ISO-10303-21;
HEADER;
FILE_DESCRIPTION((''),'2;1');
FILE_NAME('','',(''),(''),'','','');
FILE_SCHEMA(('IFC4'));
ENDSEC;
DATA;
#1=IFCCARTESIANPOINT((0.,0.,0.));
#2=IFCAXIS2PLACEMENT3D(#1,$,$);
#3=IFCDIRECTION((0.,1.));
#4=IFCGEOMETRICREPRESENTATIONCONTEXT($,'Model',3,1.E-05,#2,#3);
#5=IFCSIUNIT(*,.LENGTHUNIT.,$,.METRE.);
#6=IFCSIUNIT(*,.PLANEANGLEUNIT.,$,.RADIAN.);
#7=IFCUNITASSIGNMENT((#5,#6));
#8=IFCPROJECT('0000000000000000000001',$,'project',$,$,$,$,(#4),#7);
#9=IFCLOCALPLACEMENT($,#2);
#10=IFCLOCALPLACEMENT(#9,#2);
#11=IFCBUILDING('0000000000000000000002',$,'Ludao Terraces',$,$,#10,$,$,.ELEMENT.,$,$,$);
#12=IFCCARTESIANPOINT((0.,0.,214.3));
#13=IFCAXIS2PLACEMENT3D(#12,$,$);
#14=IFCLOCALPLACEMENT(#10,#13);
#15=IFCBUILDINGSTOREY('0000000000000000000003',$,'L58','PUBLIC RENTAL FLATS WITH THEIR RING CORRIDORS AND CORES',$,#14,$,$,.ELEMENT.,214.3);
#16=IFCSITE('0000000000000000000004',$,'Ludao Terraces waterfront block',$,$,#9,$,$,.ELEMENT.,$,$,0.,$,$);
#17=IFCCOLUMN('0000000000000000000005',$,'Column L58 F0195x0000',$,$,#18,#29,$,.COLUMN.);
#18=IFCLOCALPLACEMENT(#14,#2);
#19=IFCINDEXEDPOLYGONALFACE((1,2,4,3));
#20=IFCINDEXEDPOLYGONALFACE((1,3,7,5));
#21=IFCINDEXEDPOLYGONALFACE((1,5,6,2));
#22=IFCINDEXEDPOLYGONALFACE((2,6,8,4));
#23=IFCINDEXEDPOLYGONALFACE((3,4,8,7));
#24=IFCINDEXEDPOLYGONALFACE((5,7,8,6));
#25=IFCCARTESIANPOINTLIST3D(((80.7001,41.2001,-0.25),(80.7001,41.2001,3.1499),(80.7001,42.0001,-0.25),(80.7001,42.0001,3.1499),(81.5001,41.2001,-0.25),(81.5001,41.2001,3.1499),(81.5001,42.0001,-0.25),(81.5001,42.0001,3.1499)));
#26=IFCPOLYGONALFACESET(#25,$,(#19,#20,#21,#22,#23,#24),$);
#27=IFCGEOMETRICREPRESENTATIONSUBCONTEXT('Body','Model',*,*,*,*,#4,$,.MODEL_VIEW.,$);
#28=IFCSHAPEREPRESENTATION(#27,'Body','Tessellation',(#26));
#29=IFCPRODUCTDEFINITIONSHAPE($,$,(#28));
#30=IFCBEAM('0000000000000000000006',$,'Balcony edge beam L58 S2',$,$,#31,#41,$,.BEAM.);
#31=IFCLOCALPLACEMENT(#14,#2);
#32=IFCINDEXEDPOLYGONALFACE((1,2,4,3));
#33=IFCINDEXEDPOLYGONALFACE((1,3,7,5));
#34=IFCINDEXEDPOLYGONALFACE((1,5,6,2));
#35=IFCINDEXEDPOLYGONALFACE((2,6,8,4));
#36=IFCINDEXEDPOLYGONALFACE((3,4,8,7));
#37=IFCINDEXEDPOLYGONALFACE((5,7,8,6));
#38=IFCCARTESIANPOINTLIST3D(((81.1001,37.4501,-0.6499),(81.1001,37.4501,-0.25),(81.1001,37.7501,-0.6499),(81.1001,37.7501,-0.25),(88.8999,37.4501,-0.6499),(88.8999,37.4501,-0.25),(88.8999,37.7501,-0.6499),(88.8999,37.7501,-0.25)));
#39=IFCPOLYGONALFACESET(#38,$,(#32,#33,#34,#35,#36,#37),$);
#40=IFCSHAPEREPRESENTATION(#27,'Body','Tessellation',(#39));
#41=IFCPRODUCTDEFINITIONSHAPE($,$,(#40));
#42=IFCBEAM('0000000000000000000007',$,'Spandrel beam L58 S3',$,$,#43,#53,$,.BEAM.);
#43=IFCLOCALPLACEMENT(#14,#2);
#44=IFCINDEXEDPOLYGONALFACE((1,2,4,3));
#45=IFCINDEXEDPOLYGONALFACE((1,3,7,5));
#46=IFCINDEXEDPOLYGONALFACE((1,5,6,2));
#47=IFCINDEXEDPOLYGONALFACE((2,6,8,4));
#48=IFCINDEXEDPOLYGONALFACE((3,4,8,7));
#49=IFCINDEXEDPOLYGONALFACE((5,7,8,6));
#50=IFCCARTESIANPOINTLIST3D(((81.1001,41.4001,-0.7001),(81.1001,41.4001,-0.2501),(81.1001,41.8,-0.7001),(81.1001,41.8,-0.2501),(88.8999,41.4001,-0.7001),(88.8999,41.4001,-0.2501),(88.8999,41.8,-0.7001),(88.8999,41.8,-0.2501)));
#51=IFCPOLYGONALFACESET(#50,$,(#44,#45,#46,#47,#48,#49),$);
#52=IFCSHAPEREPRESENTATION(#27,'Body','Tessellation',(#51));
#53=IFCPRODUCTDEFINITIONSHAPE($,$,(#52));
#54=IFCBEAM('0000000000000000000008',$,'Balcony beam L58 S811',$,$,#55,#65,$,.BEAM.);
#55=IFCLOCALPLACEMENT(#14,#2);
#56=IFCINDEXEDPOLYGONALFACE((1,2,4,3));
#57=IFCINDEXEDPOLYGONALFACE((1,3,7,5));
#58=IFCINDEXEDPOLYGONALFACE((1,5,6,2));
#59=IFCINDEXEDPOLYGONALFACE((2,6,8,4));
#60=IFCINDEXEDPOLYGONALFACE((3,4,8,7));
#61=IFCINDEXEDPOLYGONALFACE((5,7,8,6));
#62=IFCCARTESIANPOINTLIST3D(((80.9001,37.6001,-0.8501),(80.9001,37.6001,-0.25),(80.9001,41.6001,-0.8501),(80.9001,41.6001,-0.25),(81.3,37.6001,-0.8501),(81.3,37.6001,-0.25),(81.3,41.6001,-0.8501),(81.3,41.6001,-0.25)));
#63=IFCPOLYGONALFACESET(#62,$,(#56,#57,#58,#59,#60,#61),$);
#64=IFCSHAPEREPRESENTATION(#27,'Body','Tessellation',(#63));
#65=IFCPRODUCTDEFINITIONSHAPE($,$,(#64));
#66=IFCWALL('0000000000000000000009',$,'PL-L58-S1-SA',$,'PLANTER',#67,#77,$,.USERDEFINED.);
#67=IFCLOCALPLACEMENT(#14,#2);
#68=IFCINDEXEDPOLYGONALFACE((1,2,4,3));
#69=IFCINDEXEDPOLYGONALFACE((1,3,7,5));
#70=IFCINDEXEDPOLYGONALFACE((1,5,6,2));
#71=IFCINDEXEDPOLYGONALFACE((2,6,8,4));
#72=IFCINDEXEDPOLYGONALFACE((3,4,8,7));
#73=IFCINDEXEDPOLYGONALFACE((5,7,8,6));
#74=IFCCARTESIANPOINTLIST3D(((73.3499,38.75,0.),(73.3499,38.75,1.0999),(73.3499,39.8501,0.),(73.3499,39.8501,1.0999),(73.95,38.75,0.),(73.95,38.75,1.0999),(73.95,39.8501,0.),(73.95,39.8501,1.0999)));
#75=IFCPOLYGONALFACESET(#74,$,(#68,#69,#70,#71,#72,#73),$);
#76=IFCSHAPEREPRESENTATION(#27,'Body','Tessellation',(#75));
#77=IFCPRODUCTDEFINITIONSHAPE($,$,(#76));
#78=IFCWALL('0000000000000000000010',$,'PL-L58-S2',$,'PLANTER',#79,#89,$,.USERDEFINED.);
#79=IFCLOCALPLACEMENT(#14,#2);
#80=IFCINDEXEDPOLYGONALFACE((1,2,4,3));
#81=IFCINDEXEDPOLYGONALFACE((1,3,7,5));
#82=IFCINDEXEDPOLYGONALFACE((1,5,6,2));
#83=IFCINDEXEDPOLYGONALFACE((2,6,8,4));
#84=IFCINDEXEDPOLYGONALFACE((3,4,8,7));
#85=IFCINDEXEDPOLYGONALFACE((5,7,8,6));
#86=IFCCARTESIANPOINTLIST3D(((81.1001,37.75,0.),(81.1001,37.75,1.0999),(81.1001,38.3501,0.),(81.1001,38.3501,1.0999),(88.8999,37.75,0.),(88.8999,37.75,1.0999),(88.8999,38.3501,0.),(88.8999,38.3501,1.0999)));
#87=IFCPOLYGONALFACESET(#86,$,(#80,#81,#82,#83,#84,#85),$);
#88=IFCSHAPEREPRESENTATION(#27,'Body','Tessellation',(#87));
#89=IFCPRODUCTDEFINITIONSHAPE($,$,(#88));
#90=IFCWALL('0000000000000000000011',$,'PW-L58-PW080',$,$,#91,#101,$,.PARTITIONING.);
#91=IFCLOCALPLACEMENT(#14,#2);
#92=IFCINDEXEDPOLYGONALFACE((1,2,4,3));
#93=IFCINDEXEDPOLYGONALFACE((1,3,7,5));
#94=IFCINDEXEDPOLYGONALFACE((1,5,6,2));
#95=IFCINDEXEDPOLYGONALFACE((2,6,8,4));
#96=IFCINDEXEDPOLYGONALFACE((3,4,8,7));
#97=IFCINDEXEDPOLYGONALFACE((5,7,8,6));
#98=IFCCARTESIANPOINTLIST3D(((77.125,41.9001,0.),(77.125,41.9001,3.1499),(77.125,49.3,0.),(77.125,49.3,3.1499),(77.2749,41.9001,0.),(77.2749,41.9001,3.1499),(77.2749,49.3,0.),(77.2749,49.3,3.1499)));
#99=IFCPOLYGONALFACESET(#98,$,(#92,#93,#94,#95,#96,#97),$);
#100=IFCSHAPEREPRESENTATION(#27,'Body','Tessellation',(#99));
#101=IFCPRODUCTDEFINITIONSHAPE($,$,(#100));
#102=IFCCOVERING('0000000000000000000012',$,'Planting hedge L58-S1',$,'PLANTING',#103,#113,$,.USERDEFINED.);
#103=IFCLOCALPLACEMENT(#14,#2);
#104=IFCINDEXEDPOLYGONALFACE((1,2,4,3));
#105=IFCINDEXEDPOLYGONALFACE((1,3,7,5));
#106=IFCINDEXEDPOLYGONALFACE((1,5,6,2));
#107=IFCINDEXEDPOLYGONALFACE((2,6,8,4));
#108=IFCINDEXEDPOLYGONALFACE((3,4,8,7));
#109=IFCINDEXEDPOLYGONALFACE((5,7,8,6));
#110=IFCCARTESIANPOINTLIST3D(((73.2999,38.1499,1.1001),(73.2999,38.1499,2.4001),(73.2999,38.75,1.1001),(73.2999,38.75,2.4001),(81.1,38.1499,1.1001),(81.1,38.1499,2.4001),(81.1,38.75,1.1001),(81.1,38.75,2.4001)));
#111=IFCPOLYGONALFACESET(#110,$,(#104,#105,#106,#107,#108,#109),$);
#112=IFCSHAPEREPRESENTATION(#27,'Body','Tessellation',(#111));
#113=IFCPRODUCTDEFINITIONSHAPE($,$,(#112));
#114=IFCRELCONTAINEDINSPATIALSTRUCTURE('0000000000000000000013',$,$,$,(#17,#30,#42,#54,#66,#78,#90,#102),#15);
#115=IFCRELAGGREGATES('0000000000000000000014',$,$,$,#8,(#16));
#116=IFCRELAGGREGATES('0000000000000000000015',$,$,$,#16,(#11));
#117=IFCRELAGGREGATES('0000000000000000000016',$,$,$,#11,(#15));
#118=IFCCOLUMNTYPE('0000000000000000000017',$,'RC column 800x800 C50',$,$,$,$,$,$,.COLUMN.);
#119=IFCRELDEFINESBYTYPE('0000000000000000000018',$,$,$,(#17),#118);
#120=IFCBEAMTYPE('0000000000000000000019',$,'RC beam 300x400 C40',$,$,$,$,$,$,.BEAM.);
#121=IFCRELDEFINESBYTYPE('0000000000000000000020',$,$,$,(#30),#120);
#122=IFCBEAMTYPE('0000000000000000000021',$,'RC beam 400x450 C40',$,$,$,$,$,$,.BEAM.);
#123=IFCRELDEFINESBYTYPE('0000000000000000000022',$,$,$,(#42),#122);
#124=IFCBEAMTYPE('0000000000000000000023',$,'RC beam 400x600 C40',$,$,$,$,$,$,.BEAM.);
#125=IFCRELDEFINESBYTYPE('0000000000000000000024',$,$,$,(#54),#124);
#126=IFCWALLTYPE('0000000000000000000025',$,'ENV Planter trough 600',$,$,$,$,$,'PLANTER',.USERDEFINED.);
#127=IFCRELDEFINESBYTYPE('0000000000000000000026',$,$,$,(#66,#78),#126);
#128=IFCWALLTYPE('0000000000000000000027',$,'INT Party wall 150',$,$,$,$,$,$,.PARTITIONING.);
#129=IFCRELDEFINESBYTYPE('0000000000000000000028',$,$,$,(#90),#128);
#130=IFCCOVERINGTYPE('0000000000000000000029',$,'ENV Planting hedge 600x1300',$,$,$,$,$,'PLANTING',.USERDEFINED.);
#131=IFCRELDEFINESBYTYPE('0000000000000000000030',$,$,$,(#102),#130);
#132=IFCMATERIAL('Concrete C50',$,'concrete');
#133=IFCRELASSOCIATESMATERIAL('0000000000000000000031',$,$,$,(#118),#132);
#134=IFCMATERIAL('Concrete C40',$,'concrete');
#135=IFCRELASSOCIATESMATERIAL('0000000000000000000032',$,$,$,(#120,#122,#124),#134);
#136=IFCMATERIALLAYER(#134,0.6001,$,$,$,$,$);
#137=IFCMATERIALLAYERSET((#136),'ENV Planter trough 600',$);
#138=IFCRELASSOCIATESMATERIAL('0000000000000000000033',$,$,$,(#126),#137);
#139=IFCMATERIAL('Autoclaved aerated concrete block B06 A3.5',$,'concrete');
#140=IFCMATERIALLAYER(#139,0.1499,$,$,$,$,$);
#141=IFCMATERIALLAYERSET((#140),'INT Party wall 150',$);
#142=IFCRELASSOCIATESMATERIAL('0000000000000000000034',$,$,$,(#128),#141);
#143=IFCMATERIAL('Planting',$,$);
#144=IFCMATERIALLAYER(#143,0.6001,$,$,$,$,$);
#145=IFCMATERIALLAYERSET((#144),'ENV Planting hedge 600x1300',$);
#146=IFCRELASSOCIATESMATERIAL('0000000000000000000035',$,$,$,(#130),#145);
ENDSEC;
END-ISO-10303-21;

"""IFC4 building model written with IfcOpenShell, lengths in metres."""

from ifc_helpers import new_model, si_unit, direction, frame, frame_2d, origin, origin_2d, place, context, subcontext, project, spatial, rectangle, extrude, material, layer, layer_set, material_profile, profile_set, type_object, element, save


model = new_model("IFC4")

# Units and contexts
model_context = context("Model", 3, precision=1e-05, world=origin(), true_north=direction((0.0, 1.0)))
body_context = subcontext(model_context, "Body", "Model", "MODEL_VIEW")
ifc_project = project(units=[si_unit("LENGTHUNIT", "METRE"), si_unit("PLANEANGLEUNIT", "RADIAN")], contexts=[model_context])

# Site, building, storey
site_placement = place(None, origin())
site = spatial("IfcSite", under=ifc_project, at=site_placement, Name="Ludao Terraces waterfront block", CompositionType="ELEMENT", RefElevation=0.0)
building_placement = place(site_placement, origin())
building = spatial("IfcBuilding", under=site, at=building_placement, Name="Ludao Terraces", CompositionType="ELEMENT")
storey_placement = place(building_placement, frame((0.0, 0.0, 214.3)))
storey = spatial("IfcBuildingStorey", under=building, at=storey_placement, Name="L58", Description="PUBLIC RENTAL FLATS WITH THEIR RING CORRIDORS AND CORES", CompositionType="ELEMENT", Elevation=214.3)

# Column
ifc_material_1 = material(Name="Concrete C50", Category="concrete")
ifc_material_profile_1 = material_profile(ifc_material_1, rectangle(XDim=0.8, YDim=0.8, at=origin_2d()), Name="800 X 800")
ifc_profile_set_1 = profile_set([ifc_material_profile_1], Name="Concrete C50")
column_type = type_object("IfcColumnType", Name="RC column 800x800 C50", PredefinedType="COLUMN", material=ifc_profile_set_1)
column_placement = place(storey_placement, frame((81.1001, 41.6001, -0.25), z_axis=(0.0, 0.0, 1.0), x_axis=(1.0, 0.0, 0.0)))
element("IfcColumn", 1, at=column_placement, inside=storey, type_object=column_type, Name="Column L58 F0195x0000", PredefinedType="COLUMN", context=body_context, shape_type="SweptSolid", body=[
    extrude(rectangle(XDim=0.8, YDim=0.8, at=origin_2d()), origin(), (0.0, 0.0, 1.0), 3.3999),
])

# Beams
ifc_material_2 = material(Name="Concrete C40", Category="concrete")
ifc_material_profile_2 = material_profile(ifc_material_2, rectangle(XDim=0.3, YDim=0.3999, at=origin_2d()), Name="300 X 400")
ifc_profile_set_2 = profile_set([ifc_material_profile_2], Name="Concrete C40")
beam_type_1 = type_object("IfcBeamType", Name="RC beam 300x400 C40", PredefinedType="BEAM", material=ifc_profile_set_2)
beam_1_placement = place(storey_placement, frame((81.1001, 37.6001, -0.45), z_axis=(1.0, 0.0, 0.0), x_axis=(0.0, 1.0, 0.0)))
element("IfcBeam", 2, at=beam_1_placement, inside=storey, type_object=beam_type_1, Name="Balcony edge beam L58 S2", PredefinedType="BEAM", context=body_context, shape_type="SweptSolid", body=[
    extrude(rectangle(XDim=0.3, YDim=0.3999, at=origin_2d()), origin(), (0.0, 0.0, 1.0), 7.7998),
])
ifc_material_profile_3 = material_profile(ifc_material_2, rectangle(XDim=0.3999, YDim=0.45, at=origin_2d()), Name="400 X 450")
ifc_profile_set_3 = profile_set([ifc_material_profile_3], Name="Concrete C40")
beam_type_2 = type_object("IfcBeamType", Name="RC beam 400x450 C40", PredefinedType="BEAM", material=ifc_profile_set_3)
beam_2_placement = place(storey_placement, frame((81.1001, 41.6001, -0.4751), z_axis=(1.0, 0.0, 0.0), x_axis=(0.0, 1.0, 0.0)))
element("IfcBeam", 3, at=beam_2_placement, inside=storey, type_object=beam_type_2, Name="Spandrel beam L58 S3", PredefinedType="BEAM", context=body_context, shape_type="SweptSolid", body=[
    extrude(rectangle(XDim=0.3999, YDim=0.45, at=origin_2d()), origin(), (0.0, 0.0, 1.0), 7.7998),
])
ifc_material_profile_4 = material_profile(ifc_material_2, rectangle(XDim=0.3999, YDim=0.6001, at=origin_2d()), Name="400 X 600")
ifc_profile_set_4 = profile_set([ifc_material_profile_4], Name="Concrete C40")
beam_type_3 = type_object("IfcBeamType", Name="RC beam 400x600 C40", PredefinedType="BEAM", material=ifc_profile_set_4)
beam_3_placement = place(storey_placement, frame((81.1001, 41.6001, -0.55), z_axis=(0.0, -1.0, 0.0), x_axis=(1.0, 0.0, 0.0)))
element("IfcBeam", 4, at=beam_3_placement, inside=storey, type_object=beam_type_3, Name="Balcony beam L58 S811", PredefinedType="BEAM", context=body_context, shape_type="SweptSolid", body=[
    extrude(rectangle(XDim=0.3999, YDim=0.6001, at=origin_2d()), origin(), (0.0, 0.0, 1.0), 4.0),
])

# Walls
ifc_layer_1 = layer(ifc_material_2, 0.6001)
ifc_layer_set_1 = layer_set([ifc_layer_1], Name="ENV Planter trough 600")
wall_type_1 = type_object("IfcWallType", Name="ENV Planter trough 600", ElementType="PLANTER", PredefinedType="USERDEFINED", material=ifc_layer_set_1)
wall_1_placement = place(storey_placement, frame((73.6499, 38.75, 0.0), z_axis=(0.0, 0.0, 1.0), x_axis=(0.0, 1.0, 0.0)))
element("IfcWall", 5, at=wall_1_placement, inside=storey, type_object=wall_type_1, Name="PL-L58-S1-SA", ObjectType="PLANTER", PredefinedType="USERDEFINED", context=body_context, shape_type="SweptSolid", body=[
    extrude(rectangle(XDim=1.1001, YDim=0.6001, at=frame_2d((0.55, 0.0))), origin(), (0.0, 0.0, 1.0), 1.0999),
])
wall_2_placement = place(storey_placement, frame((81.1001, 38.05, 0.0), z_axis=(0.0, 0.0, 1.0), x_axis=(1.0, 0.0, 0.0)))
element("IfcWall", 6, at=wall_2_placement, inside=storey, type_object=wall_type_1, Name="PL-L58-S2", ObjectType="PLANTER", PredefinedType="USERDEFINED", context=body_context, shape_type="SweptSolid", body=[
    extrude(rectangle(XDim=7.7998, YDim=0.6001, at=frame_2d((3.8999, 0.0))), origin(), (0.0, 0.0, 1.0), 1.0999),
])

# Wall
ifc_material_3 = material(Name="Autoclaved aerated concrete block B06 A3.5", Category="concrete")
ifc_layer_2 = layer(ifc_material_3, 0.1499)
ifc_layer_set_2 = layer_set([ifc_layer_2], Name="INT Party wall 150")
wall_type_2 = type_object("IfcWallType", Name="INT Party wall 150", PredefinedType="PARTITIONING", material=ifc_layer_set_2)
wall_3_placement = place(storey_placement, frame((77.2, 41.9001, 0.0), z_axis=(0.0, 0.0, 1.0), x_axis=(0.0, 1.0, 0.0)))
element("IfcWall", 7, at=wall_3_placement, inside=storey, type_object=wall_type_2, Name="PW-L58-PW080", PredefinedType="PARTITIONING", context=body_context, shape_type="SweptSolid", body=[
    extrude(rectangle(XDim=7.3999, YDim=0.1499, at=frame_2d((3.7, 0.0))), origin(), (0.0, 0.0, 1.0), 3.1499),
])

# Covering
ifc_material_4 = material(Name="Planting")
ifc_layer_3 = layer(ifc_material_4, 0.6001)
ifc_layer_set_3 = layer_set([ifc_layer_3], Name="ENV Planting hedge 600x1300")
covering_type = type_object("IfcCoveringType", Name="ENV Planting hedge 600x1300", ElementType="PLANTING", PredefinedType="USERDEFINED", material=ifc_layer_set_3)
covering_placement = place(storey_placement, frame((77.2, 38.45, 1.1001), z_axis=(0.0, 0.0, 1.0), x_axis=(1.0, 0.0, 0.0)))
element("IfcCovering", 8, at=covering_placement, inside=storey, type_object=covering_type, Name="Planting hedge L58-S1", ObjectType="PLANTING", PredefinedType="USERDEFINED", context=body_context, shape_type="SweptSolid", body=[
    extrude(rectangle(XDim=7.8, YDim=0.6001, at=origin_2d()), origin(), (0.0, 0.0, 1.0), 1.3),
])

save(model, "model.ifc")
